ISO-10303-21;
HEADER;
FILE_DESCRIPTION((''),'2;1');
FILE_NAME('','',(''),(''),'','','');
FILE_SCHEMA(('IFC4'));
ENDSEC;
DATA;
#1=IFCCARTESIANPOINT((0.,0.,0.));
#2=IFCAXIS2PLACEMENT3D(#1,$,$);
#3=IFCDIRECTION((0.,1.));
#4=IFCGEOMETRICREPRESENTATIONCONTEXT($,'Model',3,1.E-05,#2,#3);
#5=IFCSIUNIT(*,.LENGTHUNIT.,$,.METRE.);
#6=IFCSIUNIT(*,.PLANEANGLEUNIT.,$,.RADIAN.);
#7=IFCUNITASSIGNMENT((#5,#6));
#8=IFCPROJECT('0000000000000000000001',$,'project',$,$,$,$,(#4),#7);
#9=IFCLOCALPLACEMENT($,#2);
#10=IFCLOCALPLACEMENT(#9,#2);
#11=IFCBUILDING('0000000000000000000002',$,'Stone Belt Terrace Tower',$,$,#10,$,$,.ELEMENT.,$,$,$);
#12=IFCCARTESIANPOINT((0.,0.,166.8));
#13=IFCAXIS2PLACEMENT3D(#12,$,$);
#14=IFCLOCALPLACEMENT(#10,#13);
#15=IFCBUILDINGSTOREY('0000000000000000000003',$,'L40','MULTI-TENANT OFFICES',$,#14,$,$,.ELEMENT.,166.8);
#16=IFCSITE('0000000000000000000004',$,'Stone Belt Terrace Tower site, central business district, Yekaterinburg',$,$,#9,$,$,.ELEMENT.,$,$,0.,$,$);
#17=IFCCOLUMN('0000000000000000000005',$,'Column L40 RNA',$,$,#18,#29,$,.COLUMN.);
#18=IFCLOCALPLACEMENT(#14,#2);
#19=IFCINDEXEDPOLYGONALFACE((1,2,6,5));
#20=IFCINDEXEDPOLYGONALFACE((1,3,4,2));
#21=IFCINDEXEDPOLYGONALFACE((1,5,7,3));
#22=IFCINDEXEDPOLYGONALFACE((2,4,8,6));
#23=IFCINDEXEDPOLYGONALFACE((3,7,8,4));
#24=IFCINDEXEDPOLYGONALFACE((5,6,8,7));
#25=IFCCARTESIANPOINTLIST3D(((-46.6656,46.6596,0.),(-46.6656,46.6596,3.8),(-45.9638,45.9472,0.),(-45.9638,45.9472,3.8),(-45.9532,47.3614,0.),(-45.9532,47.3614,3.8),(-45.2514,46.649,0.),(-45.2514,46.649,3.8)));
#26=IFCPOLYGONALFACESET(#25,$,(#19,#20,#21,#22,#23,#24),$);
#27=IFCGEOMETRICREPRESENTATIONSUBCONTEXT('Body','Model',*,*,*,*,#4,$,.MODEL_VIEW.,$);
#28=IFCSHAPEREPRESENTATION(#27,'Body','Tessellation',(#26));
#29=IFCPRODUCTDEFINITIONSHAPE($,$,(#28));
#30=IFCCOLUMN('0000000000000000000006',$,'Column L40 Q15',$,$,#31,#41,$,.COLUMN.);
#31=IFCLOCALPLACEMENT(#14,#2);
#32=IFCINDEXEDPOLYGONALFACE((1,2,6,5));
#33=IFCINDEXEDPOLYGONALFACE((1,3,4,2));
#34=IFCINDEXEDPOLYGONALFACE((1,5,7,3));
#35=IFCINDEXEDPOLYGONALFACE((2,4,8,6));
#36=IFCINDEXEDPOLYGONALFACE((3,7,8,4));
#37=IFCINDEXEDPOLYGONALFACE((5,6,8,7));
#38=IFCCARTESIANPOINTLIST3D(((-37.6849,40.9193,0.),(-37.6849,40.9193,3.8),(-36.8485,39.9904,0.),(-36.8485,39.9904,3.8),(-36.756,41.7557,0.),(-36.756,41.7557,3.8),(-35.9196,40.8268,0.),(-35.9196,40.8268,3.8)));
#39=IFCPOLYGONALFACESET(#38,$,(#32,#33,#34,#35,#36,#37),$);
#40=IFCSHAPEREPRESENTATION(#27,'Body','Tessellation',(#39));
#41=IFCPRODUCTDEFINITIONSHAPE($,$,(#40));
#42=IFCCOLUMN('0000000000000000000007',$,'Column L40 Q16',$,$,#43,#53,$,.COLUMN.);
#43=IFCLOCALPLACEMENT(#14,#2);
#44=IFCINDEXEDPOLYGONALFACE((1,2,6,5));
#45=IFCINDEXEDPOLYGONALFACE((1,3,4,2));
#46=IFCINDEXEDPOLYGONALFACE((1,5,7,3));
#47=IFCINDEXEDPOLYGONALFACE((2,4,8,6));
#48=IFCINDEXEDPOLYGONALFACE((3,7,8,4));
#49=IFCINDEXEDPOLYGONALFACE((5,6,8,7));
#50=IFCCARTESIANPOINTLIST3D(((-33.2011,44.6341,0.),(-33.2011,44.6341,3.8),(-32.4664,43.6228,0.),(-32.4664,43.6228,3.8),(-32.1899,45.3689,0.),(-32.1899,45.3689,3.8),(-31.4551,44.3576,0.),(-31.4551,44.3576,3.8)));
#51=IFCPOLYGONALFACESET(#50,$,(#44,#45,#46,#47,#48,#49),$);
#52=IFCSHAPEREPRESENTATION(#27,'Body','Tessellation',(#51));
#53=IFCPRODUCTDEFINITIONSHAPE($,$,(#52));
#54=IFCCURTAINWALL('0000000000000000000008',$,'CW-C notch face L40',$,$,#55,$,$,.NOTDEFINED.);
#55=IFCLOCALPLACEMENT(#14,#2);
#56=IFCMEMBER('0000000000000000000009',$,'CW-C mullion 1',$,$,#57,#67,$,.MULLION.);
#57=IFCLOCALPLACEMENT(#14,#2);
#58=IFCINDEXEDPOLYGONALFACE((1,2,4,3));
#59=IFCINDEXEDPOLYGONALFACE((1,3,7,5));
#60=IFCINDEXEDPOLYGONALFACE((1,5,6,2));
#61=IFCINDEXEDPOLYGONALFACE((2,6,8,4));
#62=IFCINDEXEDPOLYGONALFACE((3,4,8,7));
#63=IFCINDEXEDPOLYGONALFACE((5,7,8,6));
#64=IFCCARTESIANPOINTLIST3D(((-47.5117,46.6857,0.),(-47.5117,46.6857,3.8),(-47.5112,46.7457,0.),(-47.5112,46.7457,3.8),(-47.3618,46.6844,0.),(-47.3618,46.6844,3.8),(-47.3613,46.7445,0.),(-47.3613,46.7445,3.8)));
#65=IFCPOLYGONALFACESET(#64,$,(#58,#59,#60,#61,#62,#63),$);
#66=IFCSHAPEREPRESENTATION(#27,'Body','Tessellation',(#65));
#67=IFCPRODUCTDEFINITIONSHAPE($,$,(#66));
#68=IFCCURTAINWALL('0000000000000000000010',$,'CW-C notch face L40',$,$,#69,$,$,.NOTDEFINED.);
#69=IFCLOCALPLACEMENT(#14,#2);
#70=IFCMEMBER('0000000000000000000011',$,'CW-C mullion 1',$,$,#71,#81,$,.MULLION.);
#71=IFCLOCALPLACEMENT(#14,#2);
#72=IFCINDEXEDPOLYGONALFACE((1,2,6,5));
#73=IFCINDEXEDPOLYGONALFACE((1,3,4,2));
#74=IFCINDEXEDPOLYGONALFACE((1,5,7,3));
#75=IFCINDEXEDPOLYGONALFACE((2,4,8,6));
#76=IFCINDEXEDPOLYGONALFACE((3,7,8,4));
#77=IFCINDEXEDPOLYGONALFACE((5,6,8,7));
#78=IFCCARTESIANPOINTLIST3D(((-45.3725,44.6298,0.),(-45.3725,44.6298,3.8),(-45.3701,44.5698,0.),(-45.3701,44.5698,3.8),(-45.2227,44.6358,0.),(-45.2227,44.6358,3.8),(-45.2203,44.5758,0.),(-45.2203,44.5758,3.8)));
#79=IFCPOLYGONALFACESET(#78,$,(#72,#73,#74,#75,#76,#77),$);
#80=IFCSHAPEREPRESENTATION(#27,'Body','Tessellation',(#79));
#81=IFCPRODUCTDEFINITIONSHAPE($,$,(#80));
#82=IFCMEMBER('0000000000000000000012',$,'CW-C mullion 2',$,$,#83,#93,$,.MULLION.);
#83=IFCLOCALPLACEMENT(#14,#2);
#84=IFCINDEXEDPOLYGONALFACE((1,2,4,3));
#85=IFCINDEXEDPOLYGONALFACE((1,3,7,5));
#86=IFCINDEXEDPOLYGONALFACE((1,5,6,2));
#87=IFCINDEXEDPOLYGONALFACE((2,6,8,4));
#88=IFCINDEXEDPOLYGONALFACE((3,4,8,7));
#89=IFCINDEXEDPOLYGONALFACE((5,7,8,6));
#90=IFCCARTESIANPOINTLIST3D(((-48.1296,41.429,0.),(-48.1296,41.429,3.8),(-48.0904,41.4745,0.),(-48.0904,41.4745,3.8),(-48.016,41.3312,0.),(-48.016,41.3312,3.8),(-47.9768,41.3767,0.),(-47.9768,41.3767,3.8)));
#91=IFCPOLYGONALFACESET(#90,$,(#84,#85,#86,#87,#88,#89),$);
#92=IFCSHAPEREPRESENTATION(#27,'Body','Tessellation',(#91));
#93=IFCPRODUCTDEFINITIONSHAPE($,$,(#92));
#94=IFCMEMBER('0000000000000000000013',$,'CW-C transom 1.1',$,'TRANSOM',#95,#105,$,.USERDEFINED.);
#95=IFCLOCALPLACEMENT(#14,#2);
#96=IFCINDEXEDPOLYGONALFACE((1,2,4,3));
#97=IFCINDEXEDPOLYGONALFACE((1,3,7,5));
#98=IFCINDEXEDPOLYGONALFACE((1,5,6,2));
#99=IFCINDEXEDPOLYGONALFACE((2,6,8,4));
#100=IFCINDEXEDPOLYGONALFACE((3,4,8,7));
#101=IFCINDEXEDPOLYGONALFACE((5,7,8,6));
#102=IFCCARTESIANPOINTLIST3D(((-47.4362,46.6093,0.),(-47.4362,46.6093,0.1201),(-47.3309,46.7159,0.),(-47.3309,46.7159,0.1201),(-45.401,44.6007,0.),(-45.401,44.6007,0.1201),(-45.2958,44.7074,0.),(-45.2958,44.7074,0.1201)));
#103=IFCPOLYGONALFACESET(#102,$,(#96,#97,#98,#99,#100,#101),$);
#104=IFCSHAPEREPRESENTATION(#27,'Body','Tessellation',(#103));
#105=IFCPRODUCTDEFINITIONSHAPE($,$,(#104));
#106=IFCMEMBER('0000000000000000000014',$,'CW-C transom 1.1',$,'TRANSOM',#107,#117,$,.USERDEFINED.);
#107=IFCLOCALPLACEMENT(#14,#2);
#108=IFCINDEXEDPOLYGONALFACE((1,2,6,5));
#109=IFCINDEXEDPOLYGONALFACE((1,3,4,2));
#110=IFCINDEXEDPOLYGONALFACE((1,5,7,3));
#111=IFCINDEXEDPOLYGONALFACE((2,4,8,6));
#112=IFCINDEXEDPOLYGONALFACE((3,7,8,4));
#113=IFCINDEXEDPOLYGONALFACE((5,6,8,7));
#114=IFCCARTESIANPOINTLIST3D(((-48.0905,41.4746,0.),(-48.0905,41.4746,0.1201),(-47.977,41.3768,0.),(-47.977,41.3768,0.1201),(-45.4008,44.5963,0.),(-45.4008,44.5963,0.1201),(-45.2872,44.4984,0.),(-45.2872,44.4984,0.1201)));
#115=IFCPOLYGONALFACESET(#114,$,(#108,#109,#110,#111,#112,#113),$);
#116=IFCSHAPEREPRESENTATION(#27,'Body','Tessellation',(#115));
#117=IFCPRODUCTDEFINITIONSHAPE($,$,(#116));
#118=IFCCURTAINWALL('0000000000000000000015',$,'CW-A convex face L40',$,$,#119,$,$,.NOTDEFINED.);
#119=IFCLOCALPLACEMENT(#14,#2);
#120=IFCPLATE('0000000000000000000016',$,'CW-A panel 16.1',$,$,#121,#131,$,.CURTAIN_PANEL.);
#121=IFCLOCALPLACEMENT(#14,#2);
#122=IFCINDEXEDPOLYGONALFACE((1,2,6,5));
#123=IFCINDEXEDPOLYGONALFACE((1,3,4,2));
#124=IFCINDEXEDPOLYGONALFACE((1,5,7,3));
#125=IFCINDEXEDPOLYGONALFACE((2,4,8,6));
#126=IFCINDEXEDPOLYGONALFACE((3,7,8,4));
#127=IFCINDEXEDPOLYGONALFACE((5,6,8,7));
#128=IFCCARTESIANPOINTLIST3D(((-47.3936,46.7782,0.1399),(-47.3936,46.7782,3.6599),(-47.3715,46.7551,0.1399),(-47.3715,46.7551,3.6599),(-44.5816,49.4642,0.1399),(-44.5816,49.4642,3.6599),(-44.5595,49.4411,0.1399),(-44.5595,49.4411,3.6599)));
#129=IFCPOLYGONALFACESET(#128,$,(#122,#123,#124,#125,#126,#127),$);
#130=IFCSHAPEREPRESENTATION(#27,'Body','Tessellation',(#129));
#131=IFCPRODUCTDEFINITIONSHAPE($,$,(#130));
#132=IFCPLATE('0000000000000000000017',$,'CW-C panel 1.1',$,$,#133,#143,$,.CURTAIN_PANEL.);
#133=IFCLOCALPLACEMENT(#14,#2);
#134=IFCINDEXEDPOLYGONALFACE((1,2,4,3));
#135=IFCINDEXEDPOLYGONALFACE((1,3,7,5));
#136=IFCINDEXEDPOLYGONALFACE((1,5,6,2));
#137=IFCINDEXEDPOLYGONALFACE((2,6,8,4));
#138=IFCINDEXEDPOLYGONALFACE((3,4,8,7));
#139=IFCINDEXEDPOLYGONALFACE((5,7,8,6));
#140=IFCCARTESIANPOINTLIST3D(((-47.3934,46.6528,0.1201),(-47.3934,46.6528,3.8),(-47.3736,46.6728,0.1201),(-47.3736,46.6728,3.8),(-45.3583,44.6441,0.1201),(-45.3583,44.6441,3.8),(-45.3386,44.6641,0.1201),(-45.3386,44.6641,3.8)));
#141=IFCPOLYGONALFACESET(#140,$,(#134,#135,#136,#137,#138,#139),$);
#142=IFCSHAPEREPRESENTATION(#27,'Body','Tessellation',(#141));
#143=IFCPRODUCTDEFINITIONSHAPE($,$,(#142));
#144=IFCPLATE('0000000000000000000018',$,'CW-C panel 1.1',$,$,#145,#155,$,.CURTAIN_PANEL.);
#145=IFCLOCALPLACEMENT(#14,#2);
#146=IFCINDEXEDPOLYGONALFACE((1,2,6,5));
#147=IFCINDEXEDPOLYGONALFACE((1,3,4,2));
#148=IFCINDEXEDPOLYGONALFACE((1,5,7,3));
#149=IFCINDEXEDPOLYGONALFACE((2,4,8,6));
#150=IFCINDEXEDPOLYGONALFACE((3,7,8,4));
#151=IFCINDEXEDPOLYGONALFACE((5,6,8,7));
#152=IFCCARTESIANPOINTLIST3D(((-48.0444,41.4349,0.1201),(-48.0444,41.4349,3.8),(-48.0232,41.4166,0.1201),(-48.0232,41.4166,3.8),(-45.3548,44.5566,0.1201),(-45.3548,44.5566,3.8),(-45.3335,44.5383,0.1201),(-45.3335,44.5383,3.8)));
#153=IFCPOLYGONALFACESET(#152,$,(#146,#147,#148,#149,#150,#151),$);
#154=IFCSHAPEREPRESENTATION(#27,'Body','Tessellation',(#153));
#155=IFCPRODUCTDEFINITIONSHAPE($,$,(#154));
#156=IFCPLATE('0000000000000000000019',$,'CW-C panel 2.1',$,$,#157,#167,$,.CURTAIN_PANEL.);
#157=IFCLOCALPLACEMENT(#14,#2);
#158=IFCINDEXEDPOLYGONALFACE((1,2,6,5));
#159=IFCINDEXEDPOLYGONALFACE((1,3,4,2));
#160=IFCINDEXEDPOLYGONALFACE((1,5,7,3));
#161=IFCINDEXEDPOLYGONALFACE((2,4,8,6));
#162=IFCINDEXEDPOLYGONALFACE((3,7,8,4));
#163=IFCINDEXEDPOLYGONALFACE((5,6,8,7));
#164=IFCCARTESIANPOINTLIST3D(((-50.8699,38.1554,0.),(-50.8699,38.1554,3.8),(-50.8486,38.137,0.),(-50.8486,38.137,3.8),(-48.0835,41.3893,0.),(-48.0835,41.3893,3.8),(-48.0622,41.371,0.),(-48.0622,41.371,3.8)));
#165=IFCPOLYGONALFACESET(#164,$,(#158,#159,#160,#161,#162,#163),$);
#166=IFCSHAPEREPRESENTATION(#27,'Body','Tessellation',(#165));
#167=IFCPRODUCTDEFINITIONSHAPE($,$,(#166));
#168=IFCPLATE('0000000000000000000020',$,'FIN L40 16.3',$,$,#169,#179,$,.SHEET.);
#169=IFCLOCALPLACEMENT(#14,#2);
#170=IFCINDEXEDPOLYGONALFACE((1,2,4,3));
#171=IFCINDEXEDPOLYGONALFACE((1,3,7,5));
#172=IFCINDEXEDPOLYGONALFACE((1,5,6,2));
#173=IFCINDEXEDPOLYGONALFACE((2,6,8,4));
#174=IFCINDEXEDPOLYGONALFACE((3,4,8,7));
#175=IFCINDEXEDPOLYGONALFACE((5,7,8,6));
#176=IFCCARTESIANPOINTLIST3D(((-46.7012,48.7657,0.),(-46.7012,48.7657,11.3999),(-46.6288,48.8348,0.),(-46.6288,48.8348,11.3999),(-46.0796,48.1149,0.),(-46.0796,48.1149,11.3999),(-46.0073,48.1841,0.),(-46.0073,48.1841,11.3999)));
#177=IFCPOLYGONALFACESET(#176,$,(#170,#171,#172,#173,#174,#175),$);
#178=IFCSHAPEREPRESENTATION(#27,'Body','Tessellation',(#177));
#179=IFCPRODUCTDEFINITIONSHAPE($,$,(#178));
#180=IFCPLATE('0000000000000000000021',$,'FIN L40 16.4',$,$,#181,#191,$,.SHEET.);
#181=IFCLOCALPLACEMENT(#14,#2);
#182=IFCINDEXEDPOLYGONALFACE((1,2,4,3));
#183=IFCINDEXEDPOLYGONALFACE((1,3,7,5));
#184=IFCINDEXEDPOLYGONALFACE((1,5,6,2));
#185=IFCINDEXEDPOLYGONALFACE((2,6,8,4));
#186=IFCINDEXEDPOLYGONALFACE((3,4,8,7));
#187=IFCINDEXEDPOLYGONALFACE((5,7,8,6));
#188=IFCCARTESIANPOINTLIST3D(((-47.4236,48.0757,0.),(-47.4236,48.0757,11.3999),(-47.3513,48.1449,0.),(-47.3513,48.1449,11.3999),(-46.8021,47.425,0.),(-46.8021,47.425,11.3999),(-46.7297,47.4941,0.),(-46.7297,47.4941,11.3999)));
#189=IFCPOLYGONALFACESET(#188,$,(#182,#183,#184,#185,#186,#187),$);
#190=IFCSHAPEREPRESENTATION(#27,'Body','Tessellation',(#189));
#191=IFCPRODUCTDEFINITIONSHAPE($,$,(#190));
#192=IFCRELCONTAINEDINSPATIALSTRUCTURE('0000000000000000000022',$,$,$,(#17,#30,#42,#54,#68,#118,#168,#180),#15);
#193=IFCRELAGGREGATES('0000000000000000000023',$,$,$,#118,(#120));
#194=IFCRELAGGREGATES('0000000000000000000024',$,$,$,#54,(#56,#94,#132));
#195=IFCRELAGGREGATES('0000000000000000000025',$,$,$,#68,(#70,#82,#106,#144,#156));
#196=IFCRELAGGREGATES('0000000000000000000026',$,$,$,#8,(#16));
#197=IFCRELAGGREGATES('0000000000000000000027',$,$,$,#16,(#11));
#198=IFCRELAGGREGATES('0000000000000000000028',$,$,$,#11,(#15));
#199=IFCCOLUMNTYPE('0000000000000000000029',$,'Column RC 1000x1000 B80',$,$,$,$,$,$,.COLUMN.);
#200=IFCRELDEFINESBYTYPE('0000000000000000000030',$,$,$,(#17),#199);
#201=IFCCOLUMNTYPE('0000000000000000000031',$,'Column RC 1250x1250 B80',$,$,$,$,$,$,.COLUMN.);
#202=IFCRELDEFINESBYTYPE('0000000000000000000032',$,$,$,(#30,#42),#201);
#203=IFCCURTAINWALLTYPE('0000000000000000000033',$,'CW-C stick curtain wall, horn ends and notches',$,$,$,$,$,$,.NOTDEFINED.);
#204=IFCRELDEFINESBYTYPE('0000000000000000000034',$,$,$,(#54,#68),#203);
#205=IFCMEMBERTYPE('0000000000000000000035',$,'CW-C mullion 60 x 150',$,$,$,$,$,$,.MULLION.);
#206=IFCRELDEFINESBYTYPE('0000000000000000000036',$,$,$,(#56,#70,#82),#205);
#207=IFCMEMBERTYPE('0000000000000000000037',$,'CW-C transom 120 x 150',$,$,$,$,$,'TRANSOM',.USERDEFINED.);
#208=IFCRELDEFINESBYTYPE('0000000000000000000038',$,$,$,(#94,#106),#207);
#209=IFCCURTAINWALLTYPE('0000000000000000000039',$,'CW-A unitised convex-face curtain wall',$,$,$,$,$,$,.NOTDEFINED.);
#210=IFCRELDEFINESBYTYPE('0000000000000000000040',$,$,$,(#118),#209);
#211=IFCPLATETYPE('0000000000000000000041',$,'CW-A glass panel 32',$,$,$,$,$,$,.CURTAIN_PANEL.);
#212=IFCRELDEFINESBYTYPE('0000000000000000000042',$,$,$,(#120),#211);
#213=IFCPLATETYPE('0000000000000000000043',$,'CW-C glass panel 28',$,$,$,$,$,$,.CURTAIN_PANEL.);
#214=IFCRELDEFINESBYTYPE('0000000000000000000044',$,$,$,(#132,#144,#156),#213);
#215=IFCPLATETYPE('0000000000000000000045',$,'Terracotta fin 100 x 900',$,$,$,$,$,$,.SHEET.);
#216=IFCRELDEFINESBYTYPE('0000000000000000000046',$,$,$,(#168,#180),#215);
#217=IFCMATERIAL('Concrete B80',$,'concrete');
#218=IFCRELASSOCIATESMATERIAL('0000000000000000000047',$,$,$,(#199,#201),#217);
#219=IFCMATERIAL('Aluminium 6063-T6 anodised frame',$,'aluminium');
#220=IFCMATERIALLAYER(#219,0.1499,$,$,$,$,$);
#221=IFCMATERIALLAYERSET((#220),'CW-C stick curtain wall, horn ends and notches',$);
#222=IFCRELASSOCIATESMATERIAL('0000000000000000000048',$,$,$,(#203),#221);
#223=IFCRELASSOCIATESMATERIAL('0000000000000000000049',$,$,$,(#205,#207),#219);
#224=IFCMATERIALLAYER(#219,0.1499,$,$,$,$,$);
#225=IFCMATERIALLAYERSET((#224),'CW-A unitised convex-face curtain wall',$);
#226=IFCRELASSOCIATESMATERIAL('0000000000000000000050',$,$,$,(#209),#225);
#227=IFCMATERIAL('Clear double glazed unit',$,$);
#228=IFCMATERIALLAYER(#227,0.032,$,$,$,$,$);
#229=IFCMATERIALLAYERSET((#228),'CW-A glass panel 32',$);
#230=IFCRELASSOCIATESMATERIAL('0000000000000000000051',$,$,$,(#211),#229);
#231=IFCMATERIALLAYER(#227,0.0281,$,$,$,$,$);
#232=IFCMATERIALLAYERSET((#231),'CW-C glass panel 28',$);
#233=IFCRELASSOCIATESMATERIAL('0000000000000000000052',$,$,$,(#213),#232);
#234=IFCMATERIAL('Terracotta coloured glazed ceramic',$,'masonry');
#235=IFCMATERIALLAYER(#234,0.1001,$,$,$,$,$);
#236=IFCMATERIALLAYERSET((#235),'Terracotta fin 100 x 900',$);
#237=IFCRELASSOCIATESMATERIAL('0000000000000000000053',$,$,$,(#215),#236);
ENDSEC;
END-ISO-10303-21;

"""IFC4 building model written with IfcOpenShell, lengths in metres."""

from ifc_helpers import new_model, si_unit, direction, frame, origin, origin_2d, place, context, subcontext, project, spatial, rectangle, extrude, material, layer, layer_set, material_profile, profile_set, type_object, element, aggregate, save


model = new_model("IFC4")

# Units and contexts
model_context = context("Model", 3, precision=1e-05, world=origin(), true_north=direction((0.0, 1.0)))
body_context = subcontext(model_context, "Body", "Model", "MODEL_VIEW")
ifc_project = project(units=[si_unit("LENGTHUNIT", "METRE"), si_unit("PLANEANGLEUNIT", "RADIAN")], contexts=[model_context])

# Site, building, storey
site_placement = place(None, origin())
site = spatial("IfcSite", under=ifc_project, at=site_placement, Name="Stone Belt Terrace Tower site, central business district, Yekaterinburg", CompositionType="ELEMENT", RefElevation=0.0)
building_placement = place(site_placement, origin())
building = spatial("IfcBuilding", under=site, at=building_placement, Name="Stone Belt Terrace Tower", CompositionType="ELEMENT")
storey_placement = place(building_placement, frame((0.0, 0.0, 166.8)))
storey = spatial("IfcBuildingStorey", under=building, at=storey_placement, Name="L40", Description="MULTI-TENANT OFFICES", CompositionType="ELEMENT", Elevation=166.8)

# Columns
ifc_material_1 = material(Name="Concrete B80", Category="concrete")
ifc_material_profile_1 = material_profile(ifc_material_1, rectangle(XDim=1.0, YDim=1.0, at=origin_2d()), Name="RC 1000x1000")
ifc_profile_set_1 = profile_set([ifc_material_profile_1], Name="Concrete B80")
column_type_1 = type_object("IfcColumnType", Name="Column RC 1000x1000 B80", PredefinedType="COLUMN", material=ifc_profile_set_1)
column_placement = place(storey_placement, frame((-45.9585, 46.6543, 0.0), z_axis=(0.0, 0.0, 1.0), x_axis=(0.712398, 0.701775, 0.0)))
element("IfcColumn", 1, at=column_placement, inside=storey, type_object=column_type_1, Name="Column L40 RNA", PredefinedType="COLUMN", context=body_context, shape_type="SweptSolid", body=[
    extrude(rectangle(XDim=1.0, YDim=1.0, at=origin_2d()), origin(), (0.0, 0.0, 1.0), 3.8),
])
ifc_material_profile_2 = material_profile(ifc_material_1, rectangle(XDim=1.25, YDim=1.25, at=origin_2d()), Name="RC 1250x1250")
ifc_profile_set_2 = profile_set([ifc_material_profile_2], Name="Concrete B80")
column_type_2 = type_object("IfcColumnType", Name="Column RC 1250x1250 B80", PredefinedType="COLUMN", material=ifc_profile_set_2)
for number, where, z_axis, x_axis, name in (
    (2, (-36.8022, 40.873, 0.0), (0.0, 0.0, 1.0), (0.743145, 0.669131, 0.0), "Column L40 Q15"),
    (3, (-32.3281, 44.4958, 0.0), (0.0, 0.0, 1.0), (0.809017, 0.587785, 0.0), "Column L40 Q16"),
):
    element("IfcColumn", number, at=place(storey_placement, frame(where, z_axis=z_axis, x_axis=x_axis)), inside=storey, type_object=column_type_2, Name=name, PredefinedType="COLUMN", context=body_context, shape_type="SweptSolid", body=[
        extrude(rectangle(XDim=1.25, YDim=1.25, at=origin_2d()), origin(), (0.0, 0.0, 1.0), 3.8),
    ])

# Curtain wall, member
ifc_material_2 = material(Name="Aluminium 6063-T6 anodised frame", Category="aluminium")
ifc_layer_1 = layer(ifc_material_2, 0.1499)
ifc_layer_set_1 = layer_set([ifc_layer_1], Name="CW-C stick curtain wall, horn ends and notches")
curtain_wall_type_1 = type_object("IfcCurtainWallType", Name="CW-C stick curtain wall, horn ends and notches", PredefinedType="NOTDEFINED", material=ifc_layer_set_1)
curtain_wall_1_placement = place(storey_placement, origin())
curtain_wall_1 = element("IfcCurtainWall", 4, at=curtain_wall_1_placement, inside=storey, type_object=curtain_wall_type_1, Name="CW-C notch face L40", PredefinedType="NOTDEFINED")
ifc_material_profile_3 = material_profile(ifc_material_2, rectangle(XDim=0.1499, YDim=0.0601, at=origin_2d()), Name="Aluminium 6063-T6 60x150")
ifc_profile_set_3 = profile_set([ifc_material_profile_3], Name="Aluminium 6063-T6 anodised frame")
member_type_1 = type_object("IfcMemberType", Name="CW-C mullion 60 x 150", PredefinedType="MULLION", material=ifc_profile_set_3)
member_1_placement = place(storey_placement, frame((-47.4365, 46.7151, 0.0), z_axis=(0.0, 0.0, 1.0), x_axis=(0.999966, -0.008188, 0.0)))
member_1 = element("IfcMember", 5, at=member_1_placement, type_object=member_type_1, Name="CW-C mullion 1", PredefinedType="MULLION", context=body_context, shape_type="SweptSolid", body=[
    extrude(rectangle(XDim=0.1499, YDim=0.0601, at=origin_2d()), origin(), (0.0, 0.0, 1.0), 3.8),
])

# Curtain wall, members
curtain_wall_2_placement = place(storey_placement, origin())
curtain_wall_2 = element("IfcCurtainWall", 6, at=curtain_wall_2_placement, inside=storey, type_object=curtain_wall_type_1, Name="CW-C notch face L40", PredefinedType="NOTDEFINED")
member_2_placement = place(storey_placement, frame((-45.2964, 44.6028, 0.0), z_axis=(0.0, 0.0, 1.0), x_axis=(0.999185, 0.04036, 0.0)))
member_2 = element("IfcMember", 7, at=member_2_placement, type_object=member_type_1, Name="CW-C mullion 1", PredefinedType="MULLION", context=body_context, shape_type="SweptSolid", body=[
    extrude(rectangle(XDim=0.1499, YDim=0.0601, at=origin_2d()), origin(), (0.0, 0.0, 1.0), 3.8),
])
member_3_placement = place(storey_placement, frame((-48.0532, 41.4028, 0.0), z_axis=(0.0, 0.0, 1.0), x_axis=(0.757584, -0.652738, 0.0)))
member_3 = element("IfcMember", 8, at=member_3_placement, type_object=member_type_1, Name="CW-C mullion 2", PredefinedType="MULLION", context=body_context, shape_type="SweptSolid", body=[
    extrude(rectangle(XDim=0.1499, YDim=0.0601, at=origin_2d()), origin(), (0.0, 0.0, 1.0), 3.8),
])

# Members
ifc_material_profile_4 = material_profile(ifc_material_2, rectangle(XDim=0.1499, YDim=0.1201, at=origin_2d()), Name="Aluminium 6063-T6 150x120")
ifc_profile_set_4 = profile_set([ifc_material_profile_4], Name="Aluminium 6063-T6 anodised frame")
member_type_2 = type_object("IfcMemberType", Name="CW-C transom 120 x 150", ElementType="TRANSOM", PredefinedType="USERDEFINED", material=ifc_profile_set_4)
member_4_placement = place(storey_placement, frame((-47.3835, 46.6626, 0.0601), z_axis=(0.711745, -0.702438, 0.0), x_axis=(0.702438, 0.711745, 0.0)))
member_4 = element("IfcMember", 9, at=member_4_placement, type_object=member_type_2, Name="CW-C transom 1.1", ObjectType="TRANSOM", PredefinedType="USERDEFINED", context=body_context, shape_type="SweptSolid", body=[
    extrude(rectangle(XDim=0.1499, YDim=0.1201, at=origin_2d()), origin(), (0.0, 0.0, 1.0), 2.8594),
])
member_5_placement = place(storey_placement, frame((-45.344, 44.5474, 0.0601), z_axis=(-0.652756, -0.757569, 0.0), x_axis=(0.757569, -0.652756, 0.0)))
member_5 = element("IfcMember", 10, at=member_5_placement, type_object=member_type_2, Name="CW-C transom 1.1", ObjectType="TRANSOM", PredefinedType="USERDEFINED", context=body_context, shape_type="SweptSolid", body=[
    extrude(rectangle(XDim=0.1499, YDim=0.1201, at=origin_2d()), origin(), (0.0, 0.0, 1.0), 4.1206),
])

# Curtain wall, plate
ifc_layer_2 = layer(ifc_material_2, 0.1499)
ifc_layer_set_2 = layer_set([ifc_layer_2], Name="CW-A unitised convex-face curtain wall")
curtain_wall_type_2 = type_object("IfcCurtainWallType", Name="CW-A unitised convex-face curtain wall", PredefinedType="NOTDEFINED", material=ifc_layer_set_2)
curtain_wall_3_placement = place(storey_placement, origin())
curtain_wall_3 = element("IfcCurtainWall", 11, at=curtain_wall_3_placement, inside=storey, type_object=curtain_wall_type_2, Name="CW-A convex face L40", PredefinedType="NOTDEFINED")
ifc_material_3 = material(Name="Clear double glazed unit")
ifc_layer_3 = layer(ifc_material_3, 0.032)
ifc_layer_set_3 = layer_set([ifc_layer_3], Name="CW-A glass panel 32")
plate_type_1 = type_object("IfcPlateType", Name="CW-A glass panel 32", PredefinedType="CURTAIN_PANEL", material=ifc_layer_set_3)
plate_1_placement = place(storey_placement, frame((-45.9766, 48.1096, 0.1399), z_axis=(0.0, 0.0, 1.0), x_axis=(-0.723121, -0.690721, 0.0)))
plate_1 = element("IfcPlate", 12, at=plate_1_placement, type_object=plate_type_1, Name="CW-A panel 16.1", PredefinedType="CURTAIN_PANEL", context=body_context, shape_type="SweptSolid", body=[
    extrude(rectangle(XDim=3.8887, YDim=0.032, at=origin_2d()), origin(), (0.0, 0.0, 1.0), 3.52),
])
aggregate(curtain_wall_3, [plate_1])

# Plates
ifc_layer_4 = layer(ifc_material_3, 0.0281)
ifc_layer_set_4 = layer_set([ifc_layer_4], Name="CW-C glass panel 28")
plate_type_2 = type_object("IfcPlateType", Name="CW-C glass panel 28", PredefinedType="CURTAIN_PANEL", material=ifc_layer_set_4)
plate_2_placement = place(storey_placement, frame((-46.366, 45.6584, 0.1201), z_axis=(0.0, 0.0, 1.0), x_axis=(0.711713, -0.70247, 0.0)))
plate_2 = element("IfcPlate", 13, at=plate_2_placement, type_object=plate_type_2, Name="CW-C panel 1.1", PredefinedType="CURTAIN_PANEL", context=body_context, shape_type="SweptSolid", body=[
    extrude(rectangle(XDim=2.8594, YDim=0.0281, at=origin_2d()), origin(), (0.0, 0.0, 1.0), 3.6799),
])
aggregate(curtain_wall_1, [member_1, member_4, plate_2])
plate_3_placement = place(storey_placement, frame((-46.689, 42.9866, 0.1201), z_axis=(0.0, 0.0, 1.0), x_axis=(-0.652738, -0.757584, 0.0)))
plate_3 = element("IfcPlate", 14, at=plate_3_placement, type_object=plate_type_2, Name="CW-C panel 1.1", PredefinedType="CURTAIN_PANEL", context=body_context, shape_type="SweptSolid", body=[
    extrude(rectangle(XDim=4.1206, YDim=0.0281, at=origin_2d()), origin(), (0.0, 0.0, 1.0), 3.6799),
])
plate_4_placement = place(storey_placement, frame((-49.4661, 39.7632, 0.0), z_axis=(0.0, 0.0, 1.0), x_axis=(-0.652738, -0.757584, 0.0)))
plate_4 = element("IfcPlate", 15, at=plate_4_placement, type_object=plate_type_2, Name="CW-C panel 2.1", PredefinedType="CURTAIN_PANEL", context=body_context, shape_type="SweptSolid", body=[
    extrude(rectangle(XDim=4.2688, YDim=0.0281, at=origin_2d()), origin(), (0.0, 0.0, 1.0), 3.8),
])
aggregate(curtain_wall_2, [member_2, member_3, member_5, plate_3, plate_4])

# Plates
ifc_material_4 = material(Name="Terracotta coloured glazed ceramic", Category="masonry")
ifc_layer_5 = layer(ifc_material_4, 0.1001)
ifc_layer_set_5 = layer_set([ifc_layer_5], Name="Terracotta fin 100 x 900")
plate_type_3 = type_object("IfcPlateType", Name="Terracotta fin 100 x 900", PredefinedType="SHEET", material=ifc_layer_set_5)
for number, where, z_axis, x_axis, name in (
    (16, (-46.3542, 48.4749, 0.0), (0.0, 0.0, 1.0), (-0.690721, 0.723121, 0.0), "FIN L40 16.3"),
    (17, (-47.0767, 47.7849, 0.0), (0.0, 0.0, 1.0), (-0.690721, 0.723121, 0.0), "FIN L40 16.4"),
):
    element("IfcPlate", number, at=place(storey_placement, frame(where, z_axis=z_axis, x_axis=x_axis)), inside=storey, type_object=plate_type_3, Name=name, PredefinedType="SHEET", context=body_context, shape_type="SweptSolid", body=[
        extrude(rectangle(XDim=0.8999, YDim=0.1001, at=origin_2d()), origin(), (0.0, 0.0, 1.0), 11.3999),
    ])

save(model, "model.ifc")
